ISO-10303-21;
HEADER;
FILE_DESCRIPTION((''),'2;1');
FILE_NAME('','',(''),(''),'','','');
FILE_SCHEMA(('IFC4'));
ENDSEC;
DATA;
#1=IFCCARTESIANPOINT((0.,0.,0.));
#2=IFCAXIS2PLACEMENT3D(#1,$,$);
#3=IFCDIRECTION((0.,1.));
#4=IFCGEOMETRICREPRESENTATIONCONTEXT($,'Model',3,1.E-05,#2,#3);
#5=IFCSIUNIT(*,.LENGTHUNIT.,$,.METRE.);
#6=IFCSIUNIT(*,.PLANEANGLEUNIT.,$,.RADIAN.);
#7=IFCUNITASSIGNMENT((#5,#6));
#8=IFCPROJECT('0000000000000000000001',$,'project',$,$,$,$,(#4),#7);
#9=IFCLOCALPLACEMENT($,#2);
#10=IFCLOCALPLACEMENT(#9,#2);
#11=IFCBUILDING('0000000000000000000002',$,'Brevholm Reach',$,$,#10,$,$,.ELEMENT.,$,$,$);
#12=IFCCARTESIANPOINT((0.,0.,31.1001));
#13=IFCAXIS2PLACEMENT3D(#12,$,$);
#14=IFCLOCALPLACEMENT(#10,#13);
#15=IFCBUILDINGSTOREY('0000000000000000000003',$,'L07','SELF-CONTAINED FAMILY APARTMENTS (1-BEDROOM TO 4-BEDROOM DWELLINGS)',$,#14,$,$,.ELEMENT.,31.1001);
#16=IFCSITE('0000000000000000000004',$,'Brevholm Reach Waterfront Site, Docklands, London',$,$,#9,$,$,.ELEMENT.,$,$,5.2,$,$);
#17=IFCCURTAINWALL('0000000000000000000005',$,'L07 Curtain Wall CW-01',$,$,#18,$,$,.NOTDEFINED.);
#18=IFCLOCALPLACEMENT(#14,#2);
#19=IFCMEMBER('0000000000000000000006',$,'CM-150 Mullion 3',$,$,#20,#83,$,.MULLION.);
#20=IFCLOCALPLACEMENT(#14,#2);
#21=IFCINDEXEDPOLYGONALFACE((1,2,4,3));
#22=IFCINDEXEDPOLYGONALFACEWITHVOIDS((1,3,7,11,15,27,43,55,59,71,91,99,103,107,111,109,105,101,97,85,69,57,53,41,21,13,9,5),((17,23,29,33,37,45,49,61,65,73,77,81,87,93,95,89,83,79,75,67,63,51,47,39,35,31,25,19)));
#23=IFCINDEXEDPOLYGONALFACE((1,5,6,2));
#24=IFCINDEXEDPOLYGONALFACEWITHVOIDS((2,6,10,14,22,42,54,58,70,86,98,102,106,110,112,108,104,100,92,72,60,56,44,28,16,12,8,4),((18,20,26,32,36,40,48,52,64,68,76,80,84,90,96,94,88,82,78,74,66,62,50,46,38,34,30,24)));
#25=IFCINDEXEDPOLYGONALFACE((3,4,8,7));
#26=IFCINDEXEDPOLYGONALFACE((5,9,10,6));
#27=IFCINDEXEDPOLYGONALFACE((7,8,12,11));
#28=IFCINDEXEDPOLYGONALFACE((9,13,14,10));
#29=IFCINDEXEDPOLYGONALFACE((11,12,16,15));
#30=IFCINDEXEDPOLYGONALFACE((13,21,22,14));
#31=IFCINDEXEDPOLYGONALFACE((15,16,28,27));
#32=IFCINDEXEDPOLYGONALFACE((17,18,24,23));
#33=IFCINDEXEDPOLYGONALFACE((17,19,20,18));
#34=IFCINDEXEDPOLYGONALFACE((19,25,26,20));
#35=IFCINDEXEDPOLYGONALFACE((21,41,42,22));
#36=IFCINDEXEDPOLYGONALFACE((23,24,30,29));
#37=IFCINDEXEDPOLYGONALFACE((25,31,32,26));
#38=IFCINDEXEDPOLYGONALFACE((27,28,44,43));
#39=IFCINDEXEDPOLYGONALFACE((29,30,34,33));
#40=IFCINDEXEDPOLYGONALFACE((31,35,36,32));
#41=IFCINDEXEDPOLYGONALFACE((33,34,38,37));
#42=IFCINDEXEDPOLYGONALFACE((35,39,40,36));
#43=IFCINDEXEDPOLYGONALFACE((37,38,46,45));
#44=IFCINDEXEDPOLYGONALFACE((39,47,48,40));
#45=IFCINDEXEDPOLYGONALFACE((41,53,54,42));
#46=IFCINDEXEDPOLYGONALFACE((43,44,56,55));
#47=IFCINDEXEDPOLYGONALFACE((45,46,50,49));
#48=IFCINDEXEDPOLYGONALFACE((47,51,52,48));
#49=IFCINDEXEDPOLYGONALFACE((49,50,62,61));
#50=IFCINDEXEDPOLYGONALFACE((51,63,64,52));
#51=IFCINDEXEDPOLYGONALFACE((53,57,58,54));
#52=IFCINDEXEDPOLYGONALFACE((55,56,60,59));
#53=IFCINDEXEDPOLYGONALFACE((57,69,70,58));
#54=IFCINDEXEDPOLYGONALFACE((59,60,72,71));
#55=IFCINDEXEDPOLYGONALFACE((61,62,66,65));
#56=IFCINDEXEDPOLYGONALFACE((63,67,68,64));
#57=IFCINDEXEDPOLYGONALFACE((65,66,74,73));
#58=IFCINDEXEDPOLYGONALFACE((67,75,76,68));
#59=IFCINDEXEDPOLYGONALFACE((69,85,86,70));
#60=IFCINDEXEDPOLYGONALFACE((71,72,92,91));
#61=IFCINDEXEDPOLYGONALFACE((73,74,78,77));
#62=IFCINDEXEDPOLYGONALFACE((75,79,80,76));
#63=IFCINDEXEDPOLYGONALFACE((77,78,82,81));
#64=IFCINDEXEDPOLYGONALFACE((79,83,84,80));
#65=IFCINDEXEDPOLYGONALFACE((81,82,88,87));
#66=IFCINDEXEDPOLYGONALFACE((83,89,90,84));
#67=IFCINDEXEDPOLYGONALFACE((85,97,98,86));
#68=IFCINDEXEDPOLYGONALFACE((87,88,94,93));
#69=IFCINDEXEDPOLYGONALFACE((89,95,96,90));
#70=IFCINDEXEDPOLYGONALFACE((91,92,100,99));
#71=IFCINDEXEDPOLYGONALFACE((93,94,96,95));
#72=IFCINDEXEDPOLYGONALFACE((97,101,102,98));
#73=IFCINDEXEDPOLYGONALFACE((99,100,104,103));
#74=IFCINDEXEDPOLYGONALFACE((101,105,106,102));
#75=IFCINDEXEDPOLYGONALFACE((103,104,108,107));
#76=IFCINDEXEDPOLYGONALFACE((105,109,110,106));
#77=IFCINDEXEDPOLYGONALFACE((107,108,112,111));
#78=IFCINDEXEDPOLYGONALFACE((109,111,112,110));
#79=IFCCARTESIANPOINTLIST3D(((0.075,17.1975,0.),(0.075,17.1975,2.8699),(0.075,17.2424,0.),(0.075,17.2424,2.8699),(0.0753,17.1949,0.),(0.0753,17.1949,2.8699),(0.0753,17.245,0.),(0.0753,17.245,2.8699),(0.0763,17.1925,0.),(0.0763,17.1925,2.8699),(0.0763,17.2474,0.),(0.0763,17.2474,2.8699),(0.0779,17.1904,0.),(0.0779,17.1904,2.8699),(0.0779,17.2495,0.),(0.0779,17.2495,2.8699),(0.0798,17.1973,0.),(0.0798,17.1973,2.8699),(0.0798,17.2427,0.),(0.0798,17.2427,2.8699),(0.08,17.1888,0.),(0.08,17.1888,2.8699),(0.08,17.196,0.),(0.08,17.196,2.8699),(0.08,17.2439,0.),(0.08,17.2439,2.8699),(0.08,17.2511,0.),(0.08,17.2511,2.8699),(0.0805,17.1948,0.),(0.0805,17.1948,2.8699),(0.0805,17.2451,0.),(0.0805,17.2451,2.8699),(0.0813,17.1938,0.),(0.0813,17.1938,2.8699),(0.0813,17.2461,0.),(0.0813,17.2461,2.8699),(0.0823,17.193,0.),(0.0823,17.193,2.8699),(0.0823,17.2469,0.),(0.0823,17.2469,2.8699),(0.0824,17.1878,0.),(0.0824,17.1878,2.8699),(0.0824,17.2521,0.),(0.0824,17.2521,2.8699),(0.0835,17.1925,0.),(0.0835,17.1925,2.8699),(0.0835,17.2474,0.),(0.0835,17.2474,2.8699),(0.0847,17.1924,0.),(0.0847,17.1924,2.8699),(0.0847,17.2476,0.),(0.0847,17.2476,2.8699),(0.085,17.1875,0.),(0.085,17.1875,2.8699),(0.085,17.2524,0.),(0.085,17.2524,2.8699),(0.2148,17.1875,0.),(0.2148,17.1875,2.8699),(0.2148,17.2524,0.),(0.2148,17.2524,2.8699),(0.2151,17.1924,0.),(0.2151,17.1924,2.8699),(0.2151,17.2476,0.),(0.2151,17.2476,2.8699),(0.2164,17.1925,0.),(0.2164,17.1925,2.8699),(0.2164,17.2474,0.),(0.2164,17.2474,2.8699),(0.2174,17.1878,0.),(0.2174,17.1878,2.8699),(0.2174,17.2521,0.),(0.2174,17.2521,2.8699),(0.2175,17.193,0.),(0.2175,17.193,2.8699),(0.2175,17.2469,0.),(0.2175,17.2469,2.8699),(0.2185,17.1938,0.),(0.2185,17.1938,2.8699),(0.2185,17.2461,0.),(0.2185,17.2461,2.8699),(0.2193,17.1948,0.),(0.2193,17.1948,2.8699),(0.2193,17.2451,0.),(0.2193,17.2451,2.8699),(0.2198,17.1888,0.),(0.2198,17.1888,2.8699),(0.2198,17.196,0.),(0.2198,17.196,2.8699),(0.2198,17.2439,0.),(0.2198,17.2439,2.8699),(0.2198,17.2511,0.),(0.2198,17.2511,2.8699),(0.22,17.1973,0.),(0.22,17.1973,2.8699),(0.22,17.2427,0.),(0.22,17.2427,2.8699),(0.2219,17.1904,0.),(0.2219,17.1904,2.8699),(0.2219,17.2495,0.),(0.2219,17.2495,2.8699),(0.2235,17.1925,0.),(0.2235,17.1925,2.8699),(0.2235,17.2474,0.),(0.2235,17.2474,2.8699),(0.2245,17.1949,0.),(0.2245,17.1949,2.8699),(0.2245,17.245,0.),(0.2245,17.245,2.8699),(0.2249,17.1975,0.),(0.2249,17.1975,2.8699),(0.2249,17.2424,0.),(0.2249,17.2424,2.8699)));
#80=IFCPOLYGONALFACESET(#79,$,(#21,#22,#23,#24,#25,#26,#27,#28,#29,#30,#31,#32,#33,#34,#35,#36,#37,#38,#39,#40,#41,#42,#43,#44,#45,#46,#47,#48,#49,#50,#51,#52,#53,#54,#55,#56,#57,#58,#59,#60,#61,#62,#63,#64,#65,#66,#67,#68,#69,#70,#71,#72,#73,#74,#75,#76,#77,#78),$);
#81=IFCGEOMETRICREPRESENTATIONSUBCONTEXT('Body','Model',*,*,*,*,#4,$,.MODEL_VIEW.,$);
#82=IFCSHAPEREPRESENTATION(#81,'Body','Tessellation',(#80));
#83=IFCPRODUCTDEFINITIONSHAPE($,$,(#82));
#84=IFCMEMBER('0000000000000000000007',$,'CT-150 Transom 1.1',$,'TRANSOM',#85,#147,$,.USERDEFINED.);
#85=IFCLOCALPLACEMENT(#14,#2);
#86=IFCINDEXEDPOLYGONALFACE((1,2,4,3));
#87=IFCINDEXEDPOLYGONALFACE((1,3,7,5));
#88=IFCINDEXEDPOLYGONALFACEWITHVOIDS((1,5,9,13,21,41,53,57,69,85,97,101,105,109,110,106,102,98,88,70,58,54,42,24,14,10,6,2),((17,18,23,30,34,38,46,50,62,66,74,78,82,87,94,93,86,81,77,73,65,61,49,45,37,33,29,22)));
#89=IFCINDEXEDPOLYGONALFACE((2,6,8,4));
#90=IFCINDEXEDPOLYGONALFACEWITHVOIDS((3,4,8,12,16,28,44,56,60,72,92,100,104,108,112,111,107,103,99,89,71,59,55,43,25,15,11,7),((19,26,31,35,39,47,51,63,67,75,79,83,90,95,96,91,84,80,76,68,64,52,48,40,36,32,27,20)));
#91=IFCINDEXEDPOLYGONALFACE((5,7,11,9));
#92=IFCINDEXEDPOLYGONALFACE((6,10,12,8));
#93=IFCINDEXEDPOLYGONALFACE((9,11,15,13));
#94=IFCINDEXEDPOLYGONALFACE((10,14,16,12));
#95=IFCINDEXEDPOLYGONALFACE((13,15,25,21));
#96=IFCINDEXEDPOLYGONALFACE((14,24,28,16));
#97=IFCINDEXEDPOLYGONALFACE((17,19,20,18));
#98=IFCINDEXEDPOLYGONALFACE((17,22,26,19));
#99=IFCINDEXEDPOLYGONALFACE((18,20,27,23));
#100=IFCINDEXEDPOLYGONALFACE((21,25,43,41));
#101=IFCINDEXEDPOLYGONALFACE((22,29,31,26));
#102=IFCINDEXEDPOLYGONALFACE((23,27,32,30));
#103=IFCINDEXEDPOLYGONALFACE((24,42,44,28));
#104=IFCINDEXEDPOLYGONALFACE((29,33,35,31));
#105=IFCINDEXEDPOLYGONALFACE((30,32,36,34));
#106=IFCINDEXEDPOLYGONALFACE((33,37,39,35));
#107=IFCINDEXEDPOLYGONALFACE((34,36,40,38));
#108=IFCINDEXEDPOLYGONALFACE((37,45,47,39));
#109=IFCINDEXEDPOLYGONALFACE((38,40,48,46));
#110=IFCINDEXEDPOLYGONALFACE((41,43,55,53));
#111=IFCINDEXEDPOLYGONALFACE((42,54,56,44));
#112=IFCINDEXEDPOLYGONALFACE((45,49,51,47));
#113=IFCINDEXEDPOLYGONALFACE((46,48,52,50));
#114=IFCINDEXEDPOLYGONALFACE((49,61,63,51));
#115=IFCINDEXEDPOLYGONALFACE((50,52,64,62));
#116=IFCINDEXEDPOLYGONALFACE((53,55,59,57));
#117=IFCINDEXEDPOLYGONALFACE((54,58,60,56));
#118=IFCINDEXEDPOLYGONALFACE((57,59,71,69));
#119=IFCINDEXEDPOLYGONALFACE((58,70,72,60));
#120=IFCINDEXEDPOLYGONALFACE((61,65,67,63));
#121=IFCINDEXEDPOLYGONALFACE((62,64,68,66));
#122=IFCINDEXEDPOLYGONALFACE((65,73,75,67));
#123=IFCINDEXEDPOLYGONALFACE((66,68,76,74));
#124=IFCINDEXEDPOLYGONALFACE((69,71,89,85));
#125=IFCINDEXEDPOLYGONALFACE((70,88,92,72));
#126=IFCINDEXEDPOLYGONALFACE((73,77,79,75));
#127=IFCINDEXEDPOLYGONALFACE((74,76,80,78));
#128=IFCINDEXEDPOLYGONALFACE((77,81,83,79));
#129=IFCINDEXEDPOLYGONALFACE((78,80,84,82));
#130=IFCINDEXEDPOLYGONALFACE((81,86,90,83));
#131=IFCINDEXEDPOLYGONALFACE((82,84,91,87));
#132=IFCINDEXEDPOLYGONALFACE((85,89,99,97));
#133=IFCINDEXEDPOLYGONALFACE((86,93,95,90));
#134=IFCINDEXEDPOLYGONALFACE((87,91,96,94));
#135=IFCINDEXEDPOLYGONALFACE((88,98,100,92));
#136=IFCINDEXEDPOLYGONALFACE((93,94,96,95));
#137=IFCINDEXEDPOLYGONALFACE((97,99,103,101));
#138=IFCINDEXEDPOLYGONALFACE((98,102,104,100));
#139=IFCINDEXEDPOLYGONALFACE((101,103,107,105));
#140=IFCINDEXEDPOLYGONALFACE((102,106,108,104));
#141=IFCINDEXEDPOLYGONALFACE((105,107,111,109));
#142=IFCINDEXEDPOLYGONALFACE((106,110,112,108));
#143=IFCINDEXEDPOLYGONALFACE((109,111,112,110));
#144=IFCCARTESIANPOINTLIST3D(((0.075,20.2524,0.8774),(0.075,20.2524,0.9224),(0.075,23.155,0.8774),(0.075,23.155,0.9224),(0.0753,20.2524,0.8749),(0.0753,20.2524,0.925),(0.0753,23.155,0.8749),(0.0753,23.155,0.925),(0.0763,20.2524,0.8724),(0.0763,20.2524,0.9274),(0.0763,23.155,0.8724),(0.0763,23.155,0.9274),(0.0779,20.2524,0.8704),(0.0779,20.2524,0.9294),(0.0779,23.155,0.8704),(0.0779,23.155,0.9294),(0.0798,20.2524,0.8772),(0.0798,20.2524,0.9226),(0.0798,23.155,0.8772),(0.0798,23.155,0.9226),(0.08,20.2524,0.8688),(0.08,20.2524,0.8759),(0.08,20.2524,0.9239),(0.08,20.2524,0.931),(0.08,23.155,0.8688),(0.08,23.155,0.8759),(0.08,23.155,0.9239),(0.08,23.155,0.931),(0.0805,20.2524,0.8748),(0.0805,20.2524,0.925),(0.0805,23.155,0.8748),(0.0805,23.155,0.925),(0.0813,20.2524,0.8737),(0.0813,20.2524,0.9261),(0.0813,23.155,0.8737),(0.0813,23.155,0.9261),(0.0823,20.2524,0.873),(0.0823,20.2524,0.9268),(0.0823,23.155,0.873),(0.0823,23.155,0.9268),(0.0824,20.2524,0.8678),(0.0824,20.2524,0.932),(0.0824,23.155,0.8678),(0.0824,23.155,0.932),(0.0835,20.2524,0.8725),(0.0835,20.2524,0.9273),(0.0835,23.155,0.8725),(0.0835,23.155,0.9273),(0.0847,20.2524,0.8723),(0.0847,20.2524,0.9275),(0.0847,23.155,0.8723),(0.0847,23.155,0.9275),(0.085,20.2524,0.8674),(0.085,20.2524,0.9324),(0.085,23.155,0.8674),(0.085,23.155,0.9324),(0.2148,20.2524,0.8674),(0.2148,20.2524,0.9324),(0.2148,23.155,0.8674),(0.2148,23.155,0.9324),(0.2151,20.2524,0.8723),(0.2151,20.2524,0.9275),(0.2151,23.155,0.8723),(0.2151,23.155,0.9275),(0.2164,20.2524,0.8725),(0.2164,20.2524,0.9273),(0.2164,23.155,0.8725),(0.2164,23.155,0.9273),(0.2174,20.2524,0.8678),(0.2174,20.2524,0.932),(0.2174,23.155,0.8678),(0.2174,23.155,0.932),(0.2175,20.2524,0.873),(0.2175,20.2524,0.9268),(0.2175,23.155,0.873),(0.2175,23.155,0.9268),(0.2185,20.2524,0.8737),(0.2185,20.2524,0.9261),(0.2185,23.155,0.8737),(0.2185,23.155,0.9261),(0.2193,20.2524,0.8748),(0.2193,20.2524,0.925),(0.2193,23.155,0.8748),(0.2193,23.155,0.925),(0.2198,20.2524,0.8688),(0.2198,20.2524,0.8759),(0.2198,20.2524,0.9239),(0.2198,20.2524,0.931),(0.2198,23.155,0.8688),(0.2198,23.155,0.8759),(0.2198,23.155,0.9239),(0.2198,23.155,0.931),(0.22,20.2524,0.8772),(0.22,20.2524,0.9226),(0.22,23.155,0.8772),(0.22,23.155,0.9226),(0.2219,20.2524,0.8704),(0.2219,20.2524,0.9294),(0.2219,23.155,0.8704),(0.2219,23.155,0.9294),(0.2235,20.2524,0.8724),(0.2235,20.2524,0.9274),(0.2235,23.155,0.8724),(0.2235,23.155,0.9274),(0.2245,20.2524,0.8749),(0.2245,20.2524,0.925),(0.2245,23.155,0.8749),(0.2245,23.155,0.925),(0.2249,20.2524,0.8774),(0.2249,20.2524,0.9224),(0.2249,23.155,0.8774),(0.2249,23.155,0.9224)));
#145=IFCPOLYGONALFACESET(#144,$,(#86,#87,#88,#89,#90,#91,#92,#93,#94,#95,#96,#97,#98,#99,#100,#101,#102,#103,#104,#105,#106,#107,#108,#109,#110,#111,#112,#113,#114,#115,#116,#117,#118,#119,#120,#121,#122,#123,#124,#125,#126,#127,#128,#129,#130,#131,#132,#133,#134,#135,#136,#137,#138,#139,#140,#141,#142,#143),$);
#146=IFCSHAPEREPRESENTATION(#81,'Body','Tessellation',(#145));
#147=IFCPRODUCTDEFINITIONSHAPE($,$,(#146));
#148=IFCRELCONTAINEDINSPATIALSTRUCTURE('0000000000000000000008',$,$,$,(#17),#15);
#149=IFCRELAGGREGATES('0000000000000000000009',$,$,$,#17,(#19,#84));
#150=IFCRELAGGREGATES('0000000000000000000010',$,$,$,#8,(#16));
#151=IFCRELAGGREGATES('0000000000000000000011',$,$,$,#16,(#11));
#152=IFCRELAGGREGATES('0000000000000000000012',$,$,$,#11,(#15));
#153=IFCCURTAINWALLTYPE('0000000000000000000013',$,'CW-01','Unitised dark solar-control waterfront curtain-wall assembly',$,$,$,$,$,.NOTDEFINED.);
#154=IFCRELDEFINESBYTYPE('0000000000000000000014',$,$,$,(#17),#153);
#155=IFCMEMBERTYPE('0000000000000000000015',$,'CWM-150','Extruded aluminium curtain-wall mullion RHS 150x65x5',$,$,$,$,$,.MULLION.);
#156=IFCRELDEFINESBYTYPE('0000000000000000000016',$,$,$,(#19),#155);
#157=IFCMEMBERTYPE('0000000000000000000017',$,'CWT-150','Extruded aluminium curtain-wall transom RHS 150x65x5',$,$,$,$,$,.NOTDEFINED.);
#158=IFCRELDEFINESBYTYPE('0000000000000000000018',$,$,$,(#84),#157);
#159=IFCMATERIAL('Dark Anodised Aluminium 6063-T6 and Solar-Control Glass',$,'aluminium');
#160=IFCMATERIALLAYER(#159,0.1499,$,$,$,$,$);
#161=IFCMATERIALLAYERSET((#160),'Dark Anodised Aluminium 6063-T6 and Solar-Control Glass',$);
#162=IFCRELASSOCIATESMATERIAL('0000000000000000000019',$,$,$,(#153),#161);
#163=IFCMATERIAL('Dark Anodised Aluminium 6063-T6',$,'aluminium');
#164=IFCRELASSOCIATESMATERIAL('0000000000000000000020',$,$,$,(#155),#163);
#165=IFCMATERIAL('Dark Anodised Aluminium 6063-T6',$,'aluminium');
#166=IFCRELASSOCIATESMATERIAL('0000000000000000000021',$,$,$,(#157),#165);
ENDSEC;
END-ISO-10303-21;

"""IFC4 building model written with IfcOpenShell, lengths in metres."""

from ifc_helpers import new_model, si_unit, direction, frame, origin, origin_2d, place, context, subcontext, project, spatial, hollow_rectangle, extrude, material, layer, layer_set, material_profile, profile_set, type_object, element, aggregate, save


model = new_model("IFC4")

# Units and contexts
model_context = context("Model", 3, precision=1e-05, world=origin(), true_north=direction((0.0, 1.0)))
body_context = subcontext(model_context, "Body", "Model", "MODEL_VIEW")
ifc_project = project(units=[si_unit("LENGTHUNIT", "METRE"), si_unit("PLANEANGLEUNIT", "RADIAN")], contexts=[model_context])

# Site, building, storey
site_placement = place(None, origin())
site = spatial("IfcSite", under=ifc_project, at=site_placement, Name="Brevholm Reach Waterfront Site, Docklands, London", CompositionType="ELEMENT", RefElevation=5.2)
building_placement = place(site_placement, origin())
building = spatial("IfcBuilding", under=site, at=building_placement, Name="Brevholm Reach", CompositionType="ELEMENT")
storey_placement = place(building_placement, frame((0.0, 0.0, 31.1001)))
storey = spatial("IfcBuildingStorey", under=building, at=storey_placement, Name="L07", Description="SELF-CONTAINED FAMILY APARTMENTS (1-BEDROOM TO 4-BEDROOM DWELLINGS)", CompositionType="ELEMENT", Elevation=31.1001)

# Curtain wall, members
ifc_material_1 = material(Name="Dark Anodised Aluminium 6063-T6 and Solar-Control Glass", Category="aluminium")
ifc_layer_1 = layer(ifc_material_1, 0.1499)
ifc_layer_set_1 = layer_set([ifc_layer_1], Name="Dark Anodised Aluminium 6063-T6 and Solar-Control Glass")
curtain_wall_type = type_object("IfcCurtainWallType", Name="CW-01", Description="Unitised dark solar-control waterfront curtain-wall assembly", PredefinedType="NOTDEFINED", material=ifc_layer_set_1)
curtain_wall_placement = place(storey_placement, origin())
curtain_wall = element("IfcCurtainWall", 1, at=curtain_wall_placement, inside=storey, type_object=curtain_wall_type, Name="L07 Curtain Wall CW-01", PredefinedType="NOTDEFINED")
ifc_material_2 = material(Name="Dark Anodised Aluminium 6063-T6", Category="aluminium")
ifc_material_profile_1 = material_profile(ifc_material_2, hollow_rectangle(XDim=0.0649, YDim=0.1499, WallThickness=0.0049, InnerFilletRadius=0.0049, OuterFilletRadius=0.01, at=origin_2d()), Name="RHS 150x65x5")
ifc_profile_set_1 = profile_set([ifc_material_profile_1], Name="Dark Anodised Aluminium 6063-T6")
member_type_1 = type_object("IfcMemberType", Name="CWM-150", Description="Extruded aluminium curtain-wall mullion RHS 150x65x5", PredefinedType="MULLION", material=ifc_profile_set_1)
member_1_placement = place(storey_placement, frame((0.1499, 17.22, 0.0), z_axis=(0.0, 0.0, 1.0), x_axis=(0.0, -1.0, 0.0)))
member_1 = element("IfcMember", 2, at=member_1_placement, type_object=member_type_1, Name="CM-150 Mullion 3", PredefinedType="MULLION", context=body_context, shape_type="SweptSolid", body=[
    extrude(hollow_rectangle(XDim=0.0649, YDim=0.1499, WallThickness=0.0049, InnerFilletRadius=0.0049, OuterFilletRadius=0.01, at=origin_2d()), origin(), (0.0, 0.0, 1.0), 2.8699),
])
ifc_material_3 = material(Name="Dark Anodised Aluminium 6063-T6", Category="aluminium")
ifc_material_profile_2 = material_profile(ifc_material_3, hollow_rectangle(XDim=0.0649, YDim=0.1499, WallThickness=0.0049, InnerFilletRadius=0.0049, OuterFilletRadius=0.01, at=origin_2d()), Name="RHS 150x65x5")
ifc_profile_set_2 = profile_set([ifc_material_profile_2], Name="Dark Anodised Aluminium 6063-T6")
member_type_2 = type_object("IfcMemberType", Name="CWT-150", Description="Extruded aluminium curtain-wall transom RHS 150x65x5", PredefinedType="NOTDEFINED", material=ifc_profile_set_2)
member_2_placement = place(storey_placement, frame((0.1499, 23.155, 0.8999), z_axis=(0.0, -1.0, 0.0), x_axis=(0.0, 0.0, 1.0)))
member_2 = element("IfcMember", 3, at=member_2_placement, type_object=member_type_2, Name="CT-150 Transom 1.1", ObjectType="TRANSOM", PredefinedType="USERDEFINED", context=body_context, shape_type="SweptSolid", body=[
    extrude(hollow_rectangle(XDim=0.0649, YDim=0.1499, WallThickness=0.0049, InnerFilletRadius=0.0049, OuterFilletRadius=0.01, at=origin_2d()), origin(), (0.0, 0.0, 1.0), 2.9026),
])
aggregate(curtain_wall, [member_1, member_2])

save(model, "model.ifc")
